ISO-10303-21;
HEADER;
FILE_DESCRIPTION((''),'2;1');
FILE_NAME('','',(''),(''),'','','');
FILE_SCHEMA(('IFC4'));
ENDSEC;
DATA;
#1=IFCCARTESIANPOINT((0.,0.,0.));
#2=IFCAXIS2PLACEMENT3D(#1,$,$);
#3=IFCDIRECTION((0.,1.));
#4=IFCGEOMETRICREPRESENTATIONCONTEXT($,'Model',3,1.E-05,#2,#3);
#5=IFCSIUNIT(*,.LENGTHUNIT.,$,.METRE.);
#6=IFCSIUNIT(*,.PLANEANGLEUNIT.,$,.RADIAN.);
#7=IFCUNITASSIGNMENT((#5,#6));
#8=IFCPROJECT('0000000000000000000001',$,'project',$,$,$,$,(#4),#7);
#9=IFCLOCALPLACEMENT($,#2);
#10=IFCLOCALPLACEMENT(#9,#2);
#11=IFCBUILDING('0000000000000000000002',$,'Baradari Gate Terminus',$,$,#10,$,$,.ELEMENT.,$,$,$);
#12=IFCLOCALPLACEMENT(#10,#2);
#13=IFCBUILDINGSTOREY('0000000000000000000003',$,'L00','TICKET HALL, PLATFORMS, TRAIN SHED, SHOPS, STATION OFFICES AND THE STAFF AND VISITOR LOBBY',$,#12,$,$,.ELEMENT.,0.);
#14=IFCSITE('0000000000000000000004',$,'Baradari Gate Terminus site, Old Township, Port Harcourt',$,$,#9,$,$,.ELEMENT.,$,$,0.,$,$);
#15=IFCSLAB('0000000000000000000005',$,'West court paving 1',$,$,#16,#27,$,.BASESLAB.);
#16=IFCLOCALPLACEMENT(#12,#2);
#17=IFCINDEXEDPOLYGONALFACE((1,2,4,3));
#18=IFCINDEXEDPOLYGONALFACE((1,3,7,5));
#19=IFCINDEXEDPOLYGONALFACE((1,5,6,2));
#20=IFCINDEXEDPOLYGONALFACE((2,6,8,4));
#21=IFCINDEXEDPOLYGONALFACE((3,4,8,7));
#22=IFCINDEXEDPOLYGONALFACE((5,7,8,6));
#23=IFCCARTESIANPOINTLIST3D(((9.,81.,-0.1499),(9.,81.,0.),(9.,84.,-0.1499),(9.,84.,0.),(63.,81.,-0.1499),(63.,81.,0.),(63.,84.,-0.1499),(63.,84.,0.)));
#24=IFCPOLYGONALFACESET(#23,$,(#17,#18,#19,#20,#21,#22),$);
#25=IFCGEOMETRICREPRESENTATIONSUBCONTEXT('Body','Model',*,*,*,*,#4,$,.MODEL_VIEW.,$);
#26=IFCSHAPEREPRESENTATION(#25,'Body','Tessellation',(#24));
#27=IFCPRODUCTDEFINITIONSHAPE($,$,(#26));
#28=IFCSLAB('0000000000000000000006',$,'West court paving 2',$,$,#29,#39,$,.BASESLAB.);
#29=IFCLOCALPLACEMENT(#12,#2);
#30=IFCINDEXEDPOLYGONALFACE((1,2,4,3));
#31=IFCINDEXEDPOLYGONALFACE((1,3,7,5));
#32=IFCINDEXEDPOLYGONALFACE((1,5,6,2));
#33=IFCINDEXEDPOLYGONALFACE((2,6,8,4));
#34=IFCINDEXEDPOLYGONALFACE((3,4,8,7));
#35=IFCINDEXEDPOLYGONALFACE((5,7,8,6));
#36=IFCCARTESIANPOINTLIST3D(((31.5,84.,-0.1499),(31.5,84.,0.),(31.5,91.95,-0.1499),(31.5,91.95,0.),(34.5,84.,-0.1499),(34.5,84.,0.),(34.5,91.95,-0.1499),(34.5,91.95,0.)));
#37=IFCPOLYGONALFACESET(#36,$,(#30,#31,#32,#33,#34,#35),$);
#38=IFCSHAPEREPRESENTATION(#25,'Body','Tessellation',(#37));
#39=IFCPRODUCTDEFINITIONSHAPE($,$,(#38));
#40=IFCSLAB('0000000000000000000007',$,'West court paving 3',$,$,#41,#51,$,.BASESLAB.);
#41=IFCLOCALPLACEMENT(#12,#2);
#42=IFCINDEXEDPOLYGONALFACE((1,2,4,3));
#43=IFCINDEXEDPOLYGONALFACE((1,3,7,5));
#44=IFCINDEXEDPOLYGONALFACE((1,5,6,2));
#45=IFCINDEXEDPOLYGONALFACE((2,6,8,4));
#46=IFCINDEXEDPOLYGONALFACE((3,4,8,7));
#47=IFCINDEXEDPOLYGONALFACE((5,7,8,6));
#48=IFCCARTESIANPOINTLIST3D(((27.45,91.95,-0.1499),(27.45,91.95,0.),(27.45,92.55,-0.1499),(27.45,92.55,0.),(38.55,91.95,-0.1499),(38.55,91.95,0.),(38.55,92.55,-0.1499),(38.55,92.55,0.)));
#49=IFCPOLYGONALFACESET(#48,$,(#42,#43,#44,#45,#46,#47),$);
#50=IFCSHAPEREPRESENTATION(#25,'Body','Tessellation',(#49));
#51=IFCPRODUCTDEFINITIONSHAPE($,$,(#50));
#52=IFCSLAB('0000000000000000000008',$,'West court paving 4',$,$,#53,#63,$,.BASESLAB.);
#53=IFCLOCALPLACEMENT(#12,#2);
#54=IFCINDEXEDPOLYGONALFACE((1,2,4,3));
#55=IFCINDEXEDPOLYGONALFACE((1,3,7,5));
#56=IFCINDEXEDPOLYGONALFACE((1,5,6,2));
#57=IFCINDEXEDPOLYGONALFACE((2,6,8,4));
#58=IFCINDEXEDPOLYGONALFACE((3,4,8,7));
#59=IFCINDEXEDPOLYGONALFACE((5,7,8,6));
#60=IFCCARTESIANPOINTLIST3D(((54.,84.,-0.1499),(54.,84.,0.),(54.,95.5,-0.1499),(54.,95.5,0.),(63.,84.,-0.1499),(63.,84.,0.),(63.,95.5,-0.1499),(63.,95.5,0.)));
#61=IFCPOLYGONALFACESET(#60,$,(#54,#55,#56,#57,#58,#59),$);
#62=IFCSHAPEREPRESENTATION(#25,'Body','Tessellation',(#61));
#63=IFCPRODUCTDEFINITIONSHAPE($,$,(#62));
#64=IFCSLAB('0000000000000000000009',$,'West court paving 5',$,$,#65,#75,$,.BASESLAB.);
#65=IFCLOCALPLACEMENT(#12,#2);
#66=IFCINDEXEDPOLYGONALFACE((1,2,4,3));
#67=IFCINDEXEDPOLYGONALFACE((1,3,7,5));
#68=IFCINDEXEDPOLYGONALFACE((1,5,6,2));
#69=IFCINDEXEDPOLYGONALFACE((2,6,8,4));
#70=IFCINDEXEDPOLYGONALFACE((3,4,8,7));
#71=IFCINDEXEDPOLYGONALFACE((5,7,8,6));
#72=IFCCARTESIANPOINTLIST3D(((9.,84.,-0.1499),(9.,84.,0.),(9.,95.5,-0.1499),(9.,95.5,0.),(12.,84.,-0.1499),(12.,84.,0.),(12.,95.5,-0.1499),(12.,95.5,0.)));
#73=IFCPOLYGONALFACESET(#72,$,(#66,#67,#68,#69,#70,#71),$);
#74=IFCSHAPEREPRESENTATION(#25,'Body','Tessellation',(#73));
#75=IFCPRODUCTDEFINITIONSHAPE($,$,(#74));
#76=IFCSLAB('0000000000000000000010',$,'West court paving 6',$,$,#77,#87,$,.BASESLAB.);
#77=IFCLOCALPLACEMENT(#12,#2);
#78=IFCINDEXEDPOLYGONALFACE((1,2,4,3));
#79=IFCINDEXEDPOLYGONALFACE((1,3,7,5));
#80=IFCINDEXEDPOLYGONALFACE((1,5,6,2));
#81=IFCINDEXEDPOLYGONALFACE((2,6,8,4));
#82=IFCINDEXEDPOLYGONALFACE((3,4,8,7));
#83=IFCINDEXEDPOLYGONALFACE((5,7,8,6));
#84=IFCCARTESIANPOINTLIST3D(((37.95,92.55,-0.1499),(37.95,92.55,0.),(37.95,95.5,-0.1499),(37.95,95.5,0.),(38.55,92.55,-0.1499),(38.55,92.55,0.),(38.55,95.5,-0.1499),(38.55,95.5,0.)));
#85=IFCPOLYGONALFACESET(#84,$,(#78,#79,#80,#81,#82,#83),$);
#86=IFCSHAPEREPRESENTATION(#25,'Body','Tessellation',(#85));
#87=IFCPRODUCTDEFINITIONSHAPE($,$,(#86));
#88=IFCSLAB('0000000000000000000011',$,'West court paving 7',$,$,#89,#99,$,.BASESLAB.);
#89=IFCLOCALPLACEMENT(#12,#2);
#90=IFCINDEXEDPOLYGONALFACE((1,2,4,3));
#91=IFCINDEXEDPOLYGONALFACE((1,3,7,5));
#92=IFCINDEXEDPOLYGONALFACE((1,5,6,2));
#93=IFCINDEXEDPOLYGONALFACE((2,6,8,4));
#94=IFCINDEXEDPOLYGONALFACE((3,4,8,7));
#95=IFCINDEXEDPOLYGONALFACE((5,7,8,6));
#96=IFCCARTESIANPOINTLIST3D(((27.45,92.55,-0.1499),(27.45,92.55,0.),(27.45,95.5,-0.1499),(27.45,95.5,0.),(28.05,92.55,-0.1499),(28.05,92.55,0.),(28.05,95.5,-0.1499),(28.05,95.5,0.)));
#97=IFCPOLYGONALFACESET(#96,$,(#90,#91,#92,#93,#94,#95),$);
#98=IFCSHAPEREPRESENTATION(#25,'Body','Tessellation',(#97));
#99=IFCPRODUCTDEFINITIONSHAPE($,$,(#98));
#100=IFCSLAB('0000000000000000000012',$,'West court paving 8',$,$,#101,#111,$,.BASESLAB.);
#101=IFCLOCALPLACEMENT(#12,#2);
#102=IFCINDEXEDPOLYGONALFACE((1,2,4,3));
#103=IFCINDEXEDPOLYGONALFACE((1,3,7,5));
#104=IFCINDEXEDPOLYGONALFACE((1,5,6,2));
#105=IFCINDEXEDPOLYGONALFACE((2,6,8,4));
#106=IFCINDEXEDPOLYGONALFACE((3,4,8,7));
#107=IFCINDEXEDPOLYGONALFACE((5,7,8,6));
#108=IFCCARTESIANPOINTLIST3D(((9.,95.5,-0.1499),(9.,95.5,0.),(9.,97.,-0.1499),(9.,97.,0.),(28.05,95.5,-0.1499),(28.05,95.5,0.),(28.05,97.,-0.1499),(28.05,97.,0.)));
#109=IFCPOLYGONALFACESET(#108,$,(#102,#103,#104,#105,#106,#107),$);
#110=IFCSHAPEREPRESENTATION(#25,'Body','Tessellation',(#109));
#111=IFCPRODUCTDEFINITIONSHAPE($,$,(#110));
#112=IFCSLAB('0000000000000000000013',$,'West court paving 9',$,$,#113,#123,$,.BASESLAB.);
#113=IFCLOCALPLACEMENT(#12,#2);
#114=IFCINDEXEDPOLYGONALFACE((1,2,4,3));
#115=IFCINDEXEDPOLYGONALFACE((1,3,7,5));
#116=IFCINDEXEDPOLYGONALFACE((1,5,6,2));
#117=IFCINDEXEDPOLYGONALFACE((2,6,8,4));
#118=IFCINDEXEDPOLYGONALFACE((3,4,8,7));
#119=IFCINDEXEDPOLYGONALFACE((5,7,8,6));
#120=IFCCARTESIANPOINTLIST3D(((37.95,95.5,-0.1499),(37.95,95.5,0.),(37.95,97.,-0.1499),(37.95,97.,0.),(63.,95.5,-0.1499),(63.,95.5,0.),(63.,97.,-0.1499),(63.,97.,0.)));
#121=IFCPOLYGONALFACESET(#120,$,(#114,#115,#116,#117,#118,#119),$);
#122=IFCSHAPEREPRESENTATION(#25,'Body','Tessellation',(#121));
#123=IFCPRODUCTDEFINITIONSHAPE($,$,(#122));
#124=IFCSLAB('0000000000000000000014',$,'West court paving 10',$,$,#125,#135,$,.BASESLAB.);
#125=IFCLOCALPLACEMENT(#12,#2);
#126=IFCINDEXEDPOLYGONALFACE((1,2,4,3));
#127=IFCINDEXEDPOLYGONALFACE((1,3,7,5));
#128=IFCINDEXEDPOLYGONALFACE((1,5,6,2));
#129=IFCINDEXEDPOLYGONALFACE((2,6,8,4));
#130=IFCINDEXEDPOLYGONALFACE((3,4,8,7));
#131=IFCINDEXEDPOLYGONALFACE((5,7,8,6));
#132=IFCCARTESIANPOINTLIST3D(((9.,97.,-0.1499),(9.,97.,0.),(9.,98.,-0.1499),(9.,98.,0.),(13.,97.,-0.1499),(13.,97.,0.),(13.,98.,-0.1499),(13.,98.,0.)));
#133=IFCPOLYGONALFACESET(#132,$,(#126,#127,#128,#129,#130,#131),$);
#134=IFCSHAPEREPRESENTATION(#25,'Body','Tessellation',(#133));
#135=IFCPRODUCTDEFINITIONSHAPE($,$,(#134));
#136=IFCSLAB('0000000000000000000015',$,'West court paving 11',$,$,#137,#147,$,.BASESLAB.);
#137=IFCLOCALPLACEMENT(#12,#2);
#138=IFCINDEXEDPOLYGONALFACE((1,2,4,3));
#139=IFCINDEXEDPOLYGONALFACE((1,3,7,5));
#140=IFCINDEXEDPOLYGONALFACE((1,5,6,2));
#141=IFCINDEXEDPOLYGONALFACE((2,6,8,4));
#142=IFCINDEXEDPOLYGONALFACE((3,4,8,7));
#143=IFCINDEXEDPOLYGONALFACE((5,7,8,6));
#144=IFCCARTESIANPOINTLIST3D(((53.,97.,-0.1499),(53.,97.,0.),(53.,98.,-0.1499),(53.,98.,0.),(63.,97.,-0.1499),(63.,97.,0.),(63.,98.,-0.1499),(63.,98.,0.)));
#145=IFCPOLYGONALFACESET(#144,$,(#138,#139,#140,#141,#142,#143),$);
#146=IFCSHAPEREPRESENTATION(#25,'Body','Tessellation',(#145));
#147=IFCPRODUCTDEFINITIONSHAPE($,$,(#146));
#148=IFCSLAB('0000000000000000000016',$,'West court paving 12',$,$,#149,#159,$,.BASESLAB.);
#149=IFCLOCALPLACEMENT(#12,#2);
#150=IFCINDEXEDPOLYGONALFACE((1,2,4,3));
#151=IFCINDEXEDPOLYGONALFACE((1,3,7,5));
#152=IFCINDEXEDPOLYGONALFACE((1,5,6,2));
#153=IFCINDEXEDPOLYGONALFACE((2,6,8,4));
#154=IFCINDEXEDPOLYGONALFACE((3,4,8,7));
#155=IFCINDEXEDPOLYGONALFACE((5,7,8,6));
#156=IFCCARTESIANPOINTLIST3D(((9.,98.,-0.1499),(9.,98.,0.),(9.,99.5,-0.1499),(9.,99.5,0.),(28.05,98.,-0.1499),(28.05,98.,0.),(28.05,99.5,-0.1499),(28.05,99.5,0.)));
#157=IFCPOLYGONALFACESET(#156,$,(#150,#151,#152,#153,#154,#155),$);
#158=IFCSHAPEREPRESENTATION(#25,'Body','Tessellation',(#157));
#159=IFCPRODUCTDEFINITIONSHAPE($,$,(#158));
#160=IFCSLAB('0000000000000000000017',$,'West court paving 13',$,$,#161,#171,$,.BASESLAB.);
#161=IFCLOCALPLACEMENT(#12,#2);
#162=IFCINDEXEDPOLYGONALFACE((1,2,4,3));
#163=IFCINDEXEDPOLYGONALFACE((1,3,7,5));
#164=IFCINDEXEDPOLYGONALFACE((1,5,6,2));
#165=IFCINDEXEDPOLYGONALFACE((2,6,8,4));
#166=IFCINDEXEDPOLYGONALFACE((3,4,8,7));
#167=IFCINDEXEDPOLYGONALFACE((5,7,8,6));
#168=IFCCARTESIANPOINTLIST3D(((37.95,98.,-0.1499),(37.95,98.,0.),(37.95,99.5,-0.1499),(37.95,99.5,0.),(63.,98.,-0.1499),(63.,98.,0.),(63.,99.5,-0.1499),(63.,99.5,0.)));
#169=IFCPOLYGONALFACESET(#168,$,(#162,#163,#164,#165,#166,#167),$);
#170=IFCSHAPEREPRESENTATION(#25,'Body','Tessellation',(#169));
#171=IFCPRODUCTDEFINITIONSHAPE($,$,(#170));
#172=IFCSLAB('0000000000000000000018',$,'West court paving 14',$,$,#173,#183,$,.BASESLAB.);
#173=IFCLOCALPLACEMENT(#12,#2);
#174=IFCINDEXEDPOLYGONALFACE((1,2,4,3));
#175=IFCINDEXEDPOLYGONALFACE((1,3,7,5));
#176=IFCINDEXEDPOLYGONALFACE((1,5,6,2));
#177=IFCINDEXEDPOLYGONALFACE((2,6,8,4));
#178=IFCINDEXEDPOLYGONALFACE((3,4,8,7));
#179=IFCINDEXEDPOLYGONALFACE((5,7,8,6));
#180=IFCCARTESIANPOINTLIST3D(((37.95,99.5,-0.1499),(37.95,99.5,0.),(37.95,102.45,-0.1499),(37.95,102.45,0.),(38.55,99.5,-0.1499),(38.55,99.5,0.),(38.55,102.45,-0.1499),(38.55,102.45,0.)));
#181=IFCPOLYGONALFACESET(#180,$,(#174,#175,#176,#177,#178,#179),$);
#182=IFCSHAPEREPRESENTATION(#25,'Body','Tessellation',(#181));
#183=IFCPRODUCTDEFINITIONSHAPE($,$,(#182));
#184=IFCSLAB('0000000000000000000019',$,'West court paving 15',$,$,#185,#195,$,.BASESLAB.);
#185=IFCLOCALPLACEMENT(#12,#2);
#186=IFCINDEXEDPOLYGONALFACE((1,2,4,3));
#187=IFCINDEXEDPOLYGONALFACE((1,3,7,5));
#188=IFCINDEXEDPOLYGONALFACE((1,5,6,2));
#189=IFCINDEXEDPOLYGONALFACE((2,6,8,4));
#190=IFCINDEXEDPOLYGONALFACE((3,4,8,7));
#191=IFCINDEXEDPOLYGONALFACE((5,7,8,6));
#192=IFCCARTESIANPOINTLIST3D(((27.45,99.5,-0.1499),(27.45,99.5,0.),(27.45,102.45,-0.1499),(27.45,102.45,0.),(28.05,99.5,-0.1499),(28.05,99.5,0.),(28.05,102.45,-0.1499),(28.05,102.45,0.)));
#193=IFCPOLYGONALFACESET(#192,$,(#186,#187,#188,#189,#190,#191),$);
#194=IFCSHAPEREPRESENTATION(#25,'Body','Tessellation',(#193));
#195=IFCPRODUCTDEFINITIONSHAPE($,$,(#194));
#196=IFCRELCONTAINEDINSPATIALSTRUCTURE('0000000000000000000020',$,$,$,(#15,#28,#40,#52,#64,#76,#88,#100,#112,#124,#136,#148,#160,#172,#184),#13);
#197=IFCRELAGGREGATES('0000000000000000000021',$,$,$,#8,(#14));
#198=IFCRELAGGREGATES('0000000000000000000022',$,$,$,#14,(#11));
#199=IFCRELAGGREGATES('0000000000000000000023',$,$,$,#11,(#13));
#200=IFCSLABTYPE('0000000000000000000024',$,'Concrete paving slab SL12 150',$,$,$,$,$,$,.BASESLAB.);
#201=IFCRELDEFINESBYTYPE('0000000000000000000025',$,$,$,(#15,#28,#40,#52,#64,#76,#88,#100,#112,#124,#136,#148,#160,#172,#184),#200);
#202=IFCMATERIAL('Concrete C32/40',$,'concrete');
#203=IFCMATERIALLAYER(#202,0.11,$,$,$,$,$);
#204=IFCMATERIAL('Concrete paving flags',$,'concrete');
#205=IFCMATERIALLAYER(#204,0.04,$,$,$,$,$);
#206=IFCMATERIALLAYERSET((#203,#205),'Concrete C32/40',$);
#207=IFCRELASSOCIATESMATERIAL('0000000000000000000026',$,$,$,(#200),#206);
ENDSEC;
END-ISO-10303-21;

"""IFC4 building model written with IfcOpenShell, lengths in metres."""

from ifc_helpers import new_model, si_unit, direction, frame, origin, place, context, subcontext, project, spatial, polyline, outline, extrude, material, layer, layer_set, type_object, element, save


model = new_model("IFC4")

# Units and contexts
model_context = context("Model", 3, precision=1e-05, world=origin(), true_north=direction((0.0, 1.0)))
body_context = subcontext(model_context, "Body", "Model", "MODEL_VIEW")
ifc_project = project(units=[si_unit("LENGTHUNIT", "METRE"), si_unit("PLANEANGLEUNIT", "RADIAN")], contexts=[model_context])

# Site, building, storey
site_placement = place(None, origin())
site = spatial("IfcSite", under=ifc_project, at=site_placement, Name="Baradari Gate Terminus site, Old Township, Port Harcourt", CompositionType="ELEMENT", RefElevation=0.0)
building_placement = place(site_placement, origin())
building = spatial("IfcBuilding", under=site, at=building_placement, Name="Baradari Gate Terminus", CompositionType="ELEMENT")
storey_placement = place(building_placement, origin())
storey = spatial("IfcBuildingStorey", under=building, at=storey_placement, Name="L00", Description="TICKET HALL, PLATFORMS, TRAIN SHED, SHOPS, STATION OFFICES AND THE STAFF AND VISITOR LOBBY", CompositionType="ELEMENT", Elevation=0.0)

# Slabs
ifc_material_1 = material(Name="Concrete C32/40", Category="concrete")
ifc_layer_1 = layer(ifc_material_1, 0.11)
ifc_material_2 = material(Name="Concrete paving flags", Category="concrete")
ifc_layer_2 = layer(ifc_material_2, 0.04)
ifc_layer_set_1 = layer_set([ifc_layer_1, ifc_layer_2], Name="Concrete C32/40")
slab_type_1 = type_object("IfcSlabType", Name="Concrete paving slab SL12 150", PredefinedType="BASESLAB", material=ifc_layer_set_1)
slab_1_placement = place(storey_placement, frame((0.0, 0.0, -0.1499)))
element("IfcSlab", 1, at=slab_1_placement, inside=storey, type_object=slab_type_1, Name="West court paving 1", PredefinedType="BASESLAB", context=body_context, shape_type="SweptSolid", body=[
    extrude(outline(polyline([(63.0, 81.0), (63.0, 84.0), (9.0, 84.0), (9.0, 81.0), (63.0, 81.0)])), origin(), (0.0, 0.0, 1.0), 0.1499),
])
slab_2_placement = place(storey_placement, frame((0.0, 0.0, -0.1499)))
element("IfcSlab", 2, at=slab_2_placement, inside=storey, type_object=slab_type_1, Name="West court paving 2", PredefinedType="BASESLAB", context=body_context, shape_type="SweptSolid", body=[
    extrude(outline(polyline([(34.5, 84.0), (34.5, 91.95), (31.5, 91.95), (31.5, 84.0), (34.5, 84.0)])), origin(), (0.0, 0.0, 1.0), 0.1499),
])
slab_3_placement = place(storey_placement, frame((0.0, 0.0, -0.1499)))
element("IfcSlab", 3, at=slab_3_placement, inside=storey, type_object=slab_type_1, Name="West court paving 3", PredefinedType="BASESLAB", context=body_context, shape_type="SweptSolid", body=[
    extrude(outline(polyline([(38.55, 91.95), (38.55, 92.55), (27.45, 92.55), (27.45, 91.95), (38.55, 91.95)])), origin(), (0.0, 0.0, 1.0), 0.1499),
])
slab_4_placement = place(storey_placement, frame((0.0, 0.0, -0.1499)))
element("IfcSlab", 4, at=slab_4_placement, inside=storey, type_object=slab_type_1, Name="West court paving 4", PredefinedType="BASESLAB", context=body_context, shape_type="SweptSolid", body=[
    extrude(outline(polyline([(63.0, 84.0), (63.0, 95.5), (54.0, 95.5), (54.0, 84.0), (63.0, 84.0)])), origin(), (0.0, 0.0, 1.0), 0.1499),
])
slab_5_placement = place(storey_placement, frame((0.0, 0.0, -0.1499)))
element("IfcSlab", 5, at=slab_5_placement, inside=storey, type_object=slab_type_1, Name="West court paving 5", PredefinedType="BASESLAB", context=body_context, shape_type="SweptSolid", body=[
    extrude(outline(polyline([(12.0, 84.0), (12.0, 95.5), (9.0, 95.5), (9.0, 84.0), (12.0, 84.0)])), origin(), (0.0, 0.0, 1.0), 0.1499),
])
slab_6_placement = place(storey_placement, frame((0.0, 0.0, -0.1499)))
element("IfcSlab", 6, at=slab_6_placement, inside=storey, type_object=slab_type_1, Name="West court paving 6", PredefinedType="BASESLAB", context=body_context, shape_type="SweptSolid", body=[
    extrude(outline(polyline([(38.55, 92.55), (38.55, 95.5), (37.95, 95.5), (37.95, 92.55), (38.55, 92.55)])), origin(), (0.0, 0.0, 1.0), 0.1499),
])
slab_7_placement = place(storey_placement, frame((0.0, 0.0, -0.1499)))
element("IfcSlab", 7, at=slab_7_placement, inside=storey, type_object=slab_type_1, Name="West court paving 7", PredefinedType="BASESLAB", context=body_context, shape_type="SweptSolid", body=[
    extrude(outline(polyline([(28.05, 92.55), (28.05, 95.5), (27.45, 95.5), (27.45, 92.55), (28.05, 92.55)])), origin(), (0.0, 0.0, 1.0), 0.1499),
])
slab_8_placement = place(storey_placement, frame((0.0, 0.0, -0.1499)))
element("IfcSlab", 8, at=slab_8_placement, inside=storey, type_object=slab_type_1, Name="West court paving 8", PredefinedType="BASESLAB", context=body_context, shape_type="SweptSolid", body=[
    extrude(outline(polyline([(28.05, 95.5), (28.05, 97.0), (9.0, 97.0), (9.0, 95.5), (28.05, 95.5)])), origin(), (0.0, 0.0, 1.0), 0.1499),
])
slab_9_placement = place(storey_placement, frame((0.0, 0.0, -0.1499)))
element("IfcSlab", 9, at=slab_9_placement, inside=storey, type_object=slab_type_1, Name="West court paving 9", PredefinedType="BASESLAB", context=body_context, shape_type="SweptSolid", body=[
    extrude(outline(polyline([(63.0, 95.5), (63.0, 97.0), (37.95, 97.0), (37.95, 95.5), (63.0, 95.5)])), origin(), (0.0, 0.0, 1.0), 0.1499),
])
slab_10_placement = place(storey_placement, frame((0.0, 0.0, -0.1499)))
element("IfcSlab", 10, at=slab_10_placement, inside=storey, type_object=slab_type_1, Name="West court paving 10", PredefinedType="BASESLAB", context=body_context, shape_type="SweptSolid", body=[
    extrude(outline(polyline([(13.0, 97.0), (13.0, 98.0), (9.0, 98.0), (9.0, 97.0), (13.0, 97.0)])), origin(), (0.0, 0.0, 1.0), 0.1499),
])
slab_11_placement = place(storey_placement, frame((0.0, 0.0, -0.1499)))
element("IfcSlab", 11, at=slab_11_placement, inside=storey, type_object=slab_type_1, Name="West court paving 11", PredefinedType="BASESLAB", context=body_context, shape_type="SweptSolid", body=[
    extrude(outline(polyline([(63.0, 97.0), (63.0, 98.0), (53.0, 98.0), (53.0, 97.0), (63.0, 97.0)])), origin(), (0.0, 0.0, 1.0), 0.1499),
])
slab_12_placement = place(storey_placement, frame((0.0, 0.0, -0.1499)))
element("IfcSlab", 12, at=slab_12_placement, inside=storey, type_object=slab_type_1, Name="West court paving 12", PredefinedType="BASESLAB", context=body_context, shape_type="SweptSolid", body=[
    extrude(outline(polyline([(28.05, 98.0), (28.05, 99.5), (9.0, 99.5), (9.0, 98.0), (28.05, 98.0)])), origin(), (0.0, 0.0, 1.0), 0.1499),
])
slab_13_placement = place(storey_placement, frame((0.0, 0.0, -0.1499)))
element("IfcSlab", 13, at=slab_13_placement, inside=storey, type_object=slab_type_1, Name="West court paving 13", PredefinedType="BASESLAB", context=body_context, shape_type="SweptSolid", body=[
    extrude(outline(polyline([(63.0, 98.0), (63.0, 99.5), (37.95, 99.5), (37.95, 98.0), (63.0, 98.0)])), origin(), (0.0, 0.0, 1.0), 0.1499),
])
slab_14_placement = place(storey_placement, frame((0.0, 0.0, -0.1499)))
element("IfcSlab", 14, at=slab_14_placement, inside=storey, type_object=slab_type_1, Name="West court paving 14", PredefinedType="BASESLAB", context=body_context, shape_type="SweptSolid", body=[
    extrude(outline(polyline([(38.55, 99.5), (38.55, 102.45), (37.95, 102.45), (37.95, 99.5), (38.55, 99.5)])), origin(), (0.0, 0.0, 1.0), 0.1499),
])
slab_15_placement = place(storey_placement, frame((0.0, 0.0, -0.1499)))
element("IfcSlab", 15, at=slab_15_placement, inside=storey, type_object=slab_type_1, Name="West court paving 15", PredefinedType="BASESLAB", context=body_context, shape_type="SweptSolid", body=[
    extrude(outline(polyline([(28.05, 99.5), (28.05, 102.45), (27.45, 102.45), (27.45, 99.5), (28.05, 99.5)])), origin(), (0.0, 0.0, 1.0), 0.1499),
])

save(model, "model.ifc")
